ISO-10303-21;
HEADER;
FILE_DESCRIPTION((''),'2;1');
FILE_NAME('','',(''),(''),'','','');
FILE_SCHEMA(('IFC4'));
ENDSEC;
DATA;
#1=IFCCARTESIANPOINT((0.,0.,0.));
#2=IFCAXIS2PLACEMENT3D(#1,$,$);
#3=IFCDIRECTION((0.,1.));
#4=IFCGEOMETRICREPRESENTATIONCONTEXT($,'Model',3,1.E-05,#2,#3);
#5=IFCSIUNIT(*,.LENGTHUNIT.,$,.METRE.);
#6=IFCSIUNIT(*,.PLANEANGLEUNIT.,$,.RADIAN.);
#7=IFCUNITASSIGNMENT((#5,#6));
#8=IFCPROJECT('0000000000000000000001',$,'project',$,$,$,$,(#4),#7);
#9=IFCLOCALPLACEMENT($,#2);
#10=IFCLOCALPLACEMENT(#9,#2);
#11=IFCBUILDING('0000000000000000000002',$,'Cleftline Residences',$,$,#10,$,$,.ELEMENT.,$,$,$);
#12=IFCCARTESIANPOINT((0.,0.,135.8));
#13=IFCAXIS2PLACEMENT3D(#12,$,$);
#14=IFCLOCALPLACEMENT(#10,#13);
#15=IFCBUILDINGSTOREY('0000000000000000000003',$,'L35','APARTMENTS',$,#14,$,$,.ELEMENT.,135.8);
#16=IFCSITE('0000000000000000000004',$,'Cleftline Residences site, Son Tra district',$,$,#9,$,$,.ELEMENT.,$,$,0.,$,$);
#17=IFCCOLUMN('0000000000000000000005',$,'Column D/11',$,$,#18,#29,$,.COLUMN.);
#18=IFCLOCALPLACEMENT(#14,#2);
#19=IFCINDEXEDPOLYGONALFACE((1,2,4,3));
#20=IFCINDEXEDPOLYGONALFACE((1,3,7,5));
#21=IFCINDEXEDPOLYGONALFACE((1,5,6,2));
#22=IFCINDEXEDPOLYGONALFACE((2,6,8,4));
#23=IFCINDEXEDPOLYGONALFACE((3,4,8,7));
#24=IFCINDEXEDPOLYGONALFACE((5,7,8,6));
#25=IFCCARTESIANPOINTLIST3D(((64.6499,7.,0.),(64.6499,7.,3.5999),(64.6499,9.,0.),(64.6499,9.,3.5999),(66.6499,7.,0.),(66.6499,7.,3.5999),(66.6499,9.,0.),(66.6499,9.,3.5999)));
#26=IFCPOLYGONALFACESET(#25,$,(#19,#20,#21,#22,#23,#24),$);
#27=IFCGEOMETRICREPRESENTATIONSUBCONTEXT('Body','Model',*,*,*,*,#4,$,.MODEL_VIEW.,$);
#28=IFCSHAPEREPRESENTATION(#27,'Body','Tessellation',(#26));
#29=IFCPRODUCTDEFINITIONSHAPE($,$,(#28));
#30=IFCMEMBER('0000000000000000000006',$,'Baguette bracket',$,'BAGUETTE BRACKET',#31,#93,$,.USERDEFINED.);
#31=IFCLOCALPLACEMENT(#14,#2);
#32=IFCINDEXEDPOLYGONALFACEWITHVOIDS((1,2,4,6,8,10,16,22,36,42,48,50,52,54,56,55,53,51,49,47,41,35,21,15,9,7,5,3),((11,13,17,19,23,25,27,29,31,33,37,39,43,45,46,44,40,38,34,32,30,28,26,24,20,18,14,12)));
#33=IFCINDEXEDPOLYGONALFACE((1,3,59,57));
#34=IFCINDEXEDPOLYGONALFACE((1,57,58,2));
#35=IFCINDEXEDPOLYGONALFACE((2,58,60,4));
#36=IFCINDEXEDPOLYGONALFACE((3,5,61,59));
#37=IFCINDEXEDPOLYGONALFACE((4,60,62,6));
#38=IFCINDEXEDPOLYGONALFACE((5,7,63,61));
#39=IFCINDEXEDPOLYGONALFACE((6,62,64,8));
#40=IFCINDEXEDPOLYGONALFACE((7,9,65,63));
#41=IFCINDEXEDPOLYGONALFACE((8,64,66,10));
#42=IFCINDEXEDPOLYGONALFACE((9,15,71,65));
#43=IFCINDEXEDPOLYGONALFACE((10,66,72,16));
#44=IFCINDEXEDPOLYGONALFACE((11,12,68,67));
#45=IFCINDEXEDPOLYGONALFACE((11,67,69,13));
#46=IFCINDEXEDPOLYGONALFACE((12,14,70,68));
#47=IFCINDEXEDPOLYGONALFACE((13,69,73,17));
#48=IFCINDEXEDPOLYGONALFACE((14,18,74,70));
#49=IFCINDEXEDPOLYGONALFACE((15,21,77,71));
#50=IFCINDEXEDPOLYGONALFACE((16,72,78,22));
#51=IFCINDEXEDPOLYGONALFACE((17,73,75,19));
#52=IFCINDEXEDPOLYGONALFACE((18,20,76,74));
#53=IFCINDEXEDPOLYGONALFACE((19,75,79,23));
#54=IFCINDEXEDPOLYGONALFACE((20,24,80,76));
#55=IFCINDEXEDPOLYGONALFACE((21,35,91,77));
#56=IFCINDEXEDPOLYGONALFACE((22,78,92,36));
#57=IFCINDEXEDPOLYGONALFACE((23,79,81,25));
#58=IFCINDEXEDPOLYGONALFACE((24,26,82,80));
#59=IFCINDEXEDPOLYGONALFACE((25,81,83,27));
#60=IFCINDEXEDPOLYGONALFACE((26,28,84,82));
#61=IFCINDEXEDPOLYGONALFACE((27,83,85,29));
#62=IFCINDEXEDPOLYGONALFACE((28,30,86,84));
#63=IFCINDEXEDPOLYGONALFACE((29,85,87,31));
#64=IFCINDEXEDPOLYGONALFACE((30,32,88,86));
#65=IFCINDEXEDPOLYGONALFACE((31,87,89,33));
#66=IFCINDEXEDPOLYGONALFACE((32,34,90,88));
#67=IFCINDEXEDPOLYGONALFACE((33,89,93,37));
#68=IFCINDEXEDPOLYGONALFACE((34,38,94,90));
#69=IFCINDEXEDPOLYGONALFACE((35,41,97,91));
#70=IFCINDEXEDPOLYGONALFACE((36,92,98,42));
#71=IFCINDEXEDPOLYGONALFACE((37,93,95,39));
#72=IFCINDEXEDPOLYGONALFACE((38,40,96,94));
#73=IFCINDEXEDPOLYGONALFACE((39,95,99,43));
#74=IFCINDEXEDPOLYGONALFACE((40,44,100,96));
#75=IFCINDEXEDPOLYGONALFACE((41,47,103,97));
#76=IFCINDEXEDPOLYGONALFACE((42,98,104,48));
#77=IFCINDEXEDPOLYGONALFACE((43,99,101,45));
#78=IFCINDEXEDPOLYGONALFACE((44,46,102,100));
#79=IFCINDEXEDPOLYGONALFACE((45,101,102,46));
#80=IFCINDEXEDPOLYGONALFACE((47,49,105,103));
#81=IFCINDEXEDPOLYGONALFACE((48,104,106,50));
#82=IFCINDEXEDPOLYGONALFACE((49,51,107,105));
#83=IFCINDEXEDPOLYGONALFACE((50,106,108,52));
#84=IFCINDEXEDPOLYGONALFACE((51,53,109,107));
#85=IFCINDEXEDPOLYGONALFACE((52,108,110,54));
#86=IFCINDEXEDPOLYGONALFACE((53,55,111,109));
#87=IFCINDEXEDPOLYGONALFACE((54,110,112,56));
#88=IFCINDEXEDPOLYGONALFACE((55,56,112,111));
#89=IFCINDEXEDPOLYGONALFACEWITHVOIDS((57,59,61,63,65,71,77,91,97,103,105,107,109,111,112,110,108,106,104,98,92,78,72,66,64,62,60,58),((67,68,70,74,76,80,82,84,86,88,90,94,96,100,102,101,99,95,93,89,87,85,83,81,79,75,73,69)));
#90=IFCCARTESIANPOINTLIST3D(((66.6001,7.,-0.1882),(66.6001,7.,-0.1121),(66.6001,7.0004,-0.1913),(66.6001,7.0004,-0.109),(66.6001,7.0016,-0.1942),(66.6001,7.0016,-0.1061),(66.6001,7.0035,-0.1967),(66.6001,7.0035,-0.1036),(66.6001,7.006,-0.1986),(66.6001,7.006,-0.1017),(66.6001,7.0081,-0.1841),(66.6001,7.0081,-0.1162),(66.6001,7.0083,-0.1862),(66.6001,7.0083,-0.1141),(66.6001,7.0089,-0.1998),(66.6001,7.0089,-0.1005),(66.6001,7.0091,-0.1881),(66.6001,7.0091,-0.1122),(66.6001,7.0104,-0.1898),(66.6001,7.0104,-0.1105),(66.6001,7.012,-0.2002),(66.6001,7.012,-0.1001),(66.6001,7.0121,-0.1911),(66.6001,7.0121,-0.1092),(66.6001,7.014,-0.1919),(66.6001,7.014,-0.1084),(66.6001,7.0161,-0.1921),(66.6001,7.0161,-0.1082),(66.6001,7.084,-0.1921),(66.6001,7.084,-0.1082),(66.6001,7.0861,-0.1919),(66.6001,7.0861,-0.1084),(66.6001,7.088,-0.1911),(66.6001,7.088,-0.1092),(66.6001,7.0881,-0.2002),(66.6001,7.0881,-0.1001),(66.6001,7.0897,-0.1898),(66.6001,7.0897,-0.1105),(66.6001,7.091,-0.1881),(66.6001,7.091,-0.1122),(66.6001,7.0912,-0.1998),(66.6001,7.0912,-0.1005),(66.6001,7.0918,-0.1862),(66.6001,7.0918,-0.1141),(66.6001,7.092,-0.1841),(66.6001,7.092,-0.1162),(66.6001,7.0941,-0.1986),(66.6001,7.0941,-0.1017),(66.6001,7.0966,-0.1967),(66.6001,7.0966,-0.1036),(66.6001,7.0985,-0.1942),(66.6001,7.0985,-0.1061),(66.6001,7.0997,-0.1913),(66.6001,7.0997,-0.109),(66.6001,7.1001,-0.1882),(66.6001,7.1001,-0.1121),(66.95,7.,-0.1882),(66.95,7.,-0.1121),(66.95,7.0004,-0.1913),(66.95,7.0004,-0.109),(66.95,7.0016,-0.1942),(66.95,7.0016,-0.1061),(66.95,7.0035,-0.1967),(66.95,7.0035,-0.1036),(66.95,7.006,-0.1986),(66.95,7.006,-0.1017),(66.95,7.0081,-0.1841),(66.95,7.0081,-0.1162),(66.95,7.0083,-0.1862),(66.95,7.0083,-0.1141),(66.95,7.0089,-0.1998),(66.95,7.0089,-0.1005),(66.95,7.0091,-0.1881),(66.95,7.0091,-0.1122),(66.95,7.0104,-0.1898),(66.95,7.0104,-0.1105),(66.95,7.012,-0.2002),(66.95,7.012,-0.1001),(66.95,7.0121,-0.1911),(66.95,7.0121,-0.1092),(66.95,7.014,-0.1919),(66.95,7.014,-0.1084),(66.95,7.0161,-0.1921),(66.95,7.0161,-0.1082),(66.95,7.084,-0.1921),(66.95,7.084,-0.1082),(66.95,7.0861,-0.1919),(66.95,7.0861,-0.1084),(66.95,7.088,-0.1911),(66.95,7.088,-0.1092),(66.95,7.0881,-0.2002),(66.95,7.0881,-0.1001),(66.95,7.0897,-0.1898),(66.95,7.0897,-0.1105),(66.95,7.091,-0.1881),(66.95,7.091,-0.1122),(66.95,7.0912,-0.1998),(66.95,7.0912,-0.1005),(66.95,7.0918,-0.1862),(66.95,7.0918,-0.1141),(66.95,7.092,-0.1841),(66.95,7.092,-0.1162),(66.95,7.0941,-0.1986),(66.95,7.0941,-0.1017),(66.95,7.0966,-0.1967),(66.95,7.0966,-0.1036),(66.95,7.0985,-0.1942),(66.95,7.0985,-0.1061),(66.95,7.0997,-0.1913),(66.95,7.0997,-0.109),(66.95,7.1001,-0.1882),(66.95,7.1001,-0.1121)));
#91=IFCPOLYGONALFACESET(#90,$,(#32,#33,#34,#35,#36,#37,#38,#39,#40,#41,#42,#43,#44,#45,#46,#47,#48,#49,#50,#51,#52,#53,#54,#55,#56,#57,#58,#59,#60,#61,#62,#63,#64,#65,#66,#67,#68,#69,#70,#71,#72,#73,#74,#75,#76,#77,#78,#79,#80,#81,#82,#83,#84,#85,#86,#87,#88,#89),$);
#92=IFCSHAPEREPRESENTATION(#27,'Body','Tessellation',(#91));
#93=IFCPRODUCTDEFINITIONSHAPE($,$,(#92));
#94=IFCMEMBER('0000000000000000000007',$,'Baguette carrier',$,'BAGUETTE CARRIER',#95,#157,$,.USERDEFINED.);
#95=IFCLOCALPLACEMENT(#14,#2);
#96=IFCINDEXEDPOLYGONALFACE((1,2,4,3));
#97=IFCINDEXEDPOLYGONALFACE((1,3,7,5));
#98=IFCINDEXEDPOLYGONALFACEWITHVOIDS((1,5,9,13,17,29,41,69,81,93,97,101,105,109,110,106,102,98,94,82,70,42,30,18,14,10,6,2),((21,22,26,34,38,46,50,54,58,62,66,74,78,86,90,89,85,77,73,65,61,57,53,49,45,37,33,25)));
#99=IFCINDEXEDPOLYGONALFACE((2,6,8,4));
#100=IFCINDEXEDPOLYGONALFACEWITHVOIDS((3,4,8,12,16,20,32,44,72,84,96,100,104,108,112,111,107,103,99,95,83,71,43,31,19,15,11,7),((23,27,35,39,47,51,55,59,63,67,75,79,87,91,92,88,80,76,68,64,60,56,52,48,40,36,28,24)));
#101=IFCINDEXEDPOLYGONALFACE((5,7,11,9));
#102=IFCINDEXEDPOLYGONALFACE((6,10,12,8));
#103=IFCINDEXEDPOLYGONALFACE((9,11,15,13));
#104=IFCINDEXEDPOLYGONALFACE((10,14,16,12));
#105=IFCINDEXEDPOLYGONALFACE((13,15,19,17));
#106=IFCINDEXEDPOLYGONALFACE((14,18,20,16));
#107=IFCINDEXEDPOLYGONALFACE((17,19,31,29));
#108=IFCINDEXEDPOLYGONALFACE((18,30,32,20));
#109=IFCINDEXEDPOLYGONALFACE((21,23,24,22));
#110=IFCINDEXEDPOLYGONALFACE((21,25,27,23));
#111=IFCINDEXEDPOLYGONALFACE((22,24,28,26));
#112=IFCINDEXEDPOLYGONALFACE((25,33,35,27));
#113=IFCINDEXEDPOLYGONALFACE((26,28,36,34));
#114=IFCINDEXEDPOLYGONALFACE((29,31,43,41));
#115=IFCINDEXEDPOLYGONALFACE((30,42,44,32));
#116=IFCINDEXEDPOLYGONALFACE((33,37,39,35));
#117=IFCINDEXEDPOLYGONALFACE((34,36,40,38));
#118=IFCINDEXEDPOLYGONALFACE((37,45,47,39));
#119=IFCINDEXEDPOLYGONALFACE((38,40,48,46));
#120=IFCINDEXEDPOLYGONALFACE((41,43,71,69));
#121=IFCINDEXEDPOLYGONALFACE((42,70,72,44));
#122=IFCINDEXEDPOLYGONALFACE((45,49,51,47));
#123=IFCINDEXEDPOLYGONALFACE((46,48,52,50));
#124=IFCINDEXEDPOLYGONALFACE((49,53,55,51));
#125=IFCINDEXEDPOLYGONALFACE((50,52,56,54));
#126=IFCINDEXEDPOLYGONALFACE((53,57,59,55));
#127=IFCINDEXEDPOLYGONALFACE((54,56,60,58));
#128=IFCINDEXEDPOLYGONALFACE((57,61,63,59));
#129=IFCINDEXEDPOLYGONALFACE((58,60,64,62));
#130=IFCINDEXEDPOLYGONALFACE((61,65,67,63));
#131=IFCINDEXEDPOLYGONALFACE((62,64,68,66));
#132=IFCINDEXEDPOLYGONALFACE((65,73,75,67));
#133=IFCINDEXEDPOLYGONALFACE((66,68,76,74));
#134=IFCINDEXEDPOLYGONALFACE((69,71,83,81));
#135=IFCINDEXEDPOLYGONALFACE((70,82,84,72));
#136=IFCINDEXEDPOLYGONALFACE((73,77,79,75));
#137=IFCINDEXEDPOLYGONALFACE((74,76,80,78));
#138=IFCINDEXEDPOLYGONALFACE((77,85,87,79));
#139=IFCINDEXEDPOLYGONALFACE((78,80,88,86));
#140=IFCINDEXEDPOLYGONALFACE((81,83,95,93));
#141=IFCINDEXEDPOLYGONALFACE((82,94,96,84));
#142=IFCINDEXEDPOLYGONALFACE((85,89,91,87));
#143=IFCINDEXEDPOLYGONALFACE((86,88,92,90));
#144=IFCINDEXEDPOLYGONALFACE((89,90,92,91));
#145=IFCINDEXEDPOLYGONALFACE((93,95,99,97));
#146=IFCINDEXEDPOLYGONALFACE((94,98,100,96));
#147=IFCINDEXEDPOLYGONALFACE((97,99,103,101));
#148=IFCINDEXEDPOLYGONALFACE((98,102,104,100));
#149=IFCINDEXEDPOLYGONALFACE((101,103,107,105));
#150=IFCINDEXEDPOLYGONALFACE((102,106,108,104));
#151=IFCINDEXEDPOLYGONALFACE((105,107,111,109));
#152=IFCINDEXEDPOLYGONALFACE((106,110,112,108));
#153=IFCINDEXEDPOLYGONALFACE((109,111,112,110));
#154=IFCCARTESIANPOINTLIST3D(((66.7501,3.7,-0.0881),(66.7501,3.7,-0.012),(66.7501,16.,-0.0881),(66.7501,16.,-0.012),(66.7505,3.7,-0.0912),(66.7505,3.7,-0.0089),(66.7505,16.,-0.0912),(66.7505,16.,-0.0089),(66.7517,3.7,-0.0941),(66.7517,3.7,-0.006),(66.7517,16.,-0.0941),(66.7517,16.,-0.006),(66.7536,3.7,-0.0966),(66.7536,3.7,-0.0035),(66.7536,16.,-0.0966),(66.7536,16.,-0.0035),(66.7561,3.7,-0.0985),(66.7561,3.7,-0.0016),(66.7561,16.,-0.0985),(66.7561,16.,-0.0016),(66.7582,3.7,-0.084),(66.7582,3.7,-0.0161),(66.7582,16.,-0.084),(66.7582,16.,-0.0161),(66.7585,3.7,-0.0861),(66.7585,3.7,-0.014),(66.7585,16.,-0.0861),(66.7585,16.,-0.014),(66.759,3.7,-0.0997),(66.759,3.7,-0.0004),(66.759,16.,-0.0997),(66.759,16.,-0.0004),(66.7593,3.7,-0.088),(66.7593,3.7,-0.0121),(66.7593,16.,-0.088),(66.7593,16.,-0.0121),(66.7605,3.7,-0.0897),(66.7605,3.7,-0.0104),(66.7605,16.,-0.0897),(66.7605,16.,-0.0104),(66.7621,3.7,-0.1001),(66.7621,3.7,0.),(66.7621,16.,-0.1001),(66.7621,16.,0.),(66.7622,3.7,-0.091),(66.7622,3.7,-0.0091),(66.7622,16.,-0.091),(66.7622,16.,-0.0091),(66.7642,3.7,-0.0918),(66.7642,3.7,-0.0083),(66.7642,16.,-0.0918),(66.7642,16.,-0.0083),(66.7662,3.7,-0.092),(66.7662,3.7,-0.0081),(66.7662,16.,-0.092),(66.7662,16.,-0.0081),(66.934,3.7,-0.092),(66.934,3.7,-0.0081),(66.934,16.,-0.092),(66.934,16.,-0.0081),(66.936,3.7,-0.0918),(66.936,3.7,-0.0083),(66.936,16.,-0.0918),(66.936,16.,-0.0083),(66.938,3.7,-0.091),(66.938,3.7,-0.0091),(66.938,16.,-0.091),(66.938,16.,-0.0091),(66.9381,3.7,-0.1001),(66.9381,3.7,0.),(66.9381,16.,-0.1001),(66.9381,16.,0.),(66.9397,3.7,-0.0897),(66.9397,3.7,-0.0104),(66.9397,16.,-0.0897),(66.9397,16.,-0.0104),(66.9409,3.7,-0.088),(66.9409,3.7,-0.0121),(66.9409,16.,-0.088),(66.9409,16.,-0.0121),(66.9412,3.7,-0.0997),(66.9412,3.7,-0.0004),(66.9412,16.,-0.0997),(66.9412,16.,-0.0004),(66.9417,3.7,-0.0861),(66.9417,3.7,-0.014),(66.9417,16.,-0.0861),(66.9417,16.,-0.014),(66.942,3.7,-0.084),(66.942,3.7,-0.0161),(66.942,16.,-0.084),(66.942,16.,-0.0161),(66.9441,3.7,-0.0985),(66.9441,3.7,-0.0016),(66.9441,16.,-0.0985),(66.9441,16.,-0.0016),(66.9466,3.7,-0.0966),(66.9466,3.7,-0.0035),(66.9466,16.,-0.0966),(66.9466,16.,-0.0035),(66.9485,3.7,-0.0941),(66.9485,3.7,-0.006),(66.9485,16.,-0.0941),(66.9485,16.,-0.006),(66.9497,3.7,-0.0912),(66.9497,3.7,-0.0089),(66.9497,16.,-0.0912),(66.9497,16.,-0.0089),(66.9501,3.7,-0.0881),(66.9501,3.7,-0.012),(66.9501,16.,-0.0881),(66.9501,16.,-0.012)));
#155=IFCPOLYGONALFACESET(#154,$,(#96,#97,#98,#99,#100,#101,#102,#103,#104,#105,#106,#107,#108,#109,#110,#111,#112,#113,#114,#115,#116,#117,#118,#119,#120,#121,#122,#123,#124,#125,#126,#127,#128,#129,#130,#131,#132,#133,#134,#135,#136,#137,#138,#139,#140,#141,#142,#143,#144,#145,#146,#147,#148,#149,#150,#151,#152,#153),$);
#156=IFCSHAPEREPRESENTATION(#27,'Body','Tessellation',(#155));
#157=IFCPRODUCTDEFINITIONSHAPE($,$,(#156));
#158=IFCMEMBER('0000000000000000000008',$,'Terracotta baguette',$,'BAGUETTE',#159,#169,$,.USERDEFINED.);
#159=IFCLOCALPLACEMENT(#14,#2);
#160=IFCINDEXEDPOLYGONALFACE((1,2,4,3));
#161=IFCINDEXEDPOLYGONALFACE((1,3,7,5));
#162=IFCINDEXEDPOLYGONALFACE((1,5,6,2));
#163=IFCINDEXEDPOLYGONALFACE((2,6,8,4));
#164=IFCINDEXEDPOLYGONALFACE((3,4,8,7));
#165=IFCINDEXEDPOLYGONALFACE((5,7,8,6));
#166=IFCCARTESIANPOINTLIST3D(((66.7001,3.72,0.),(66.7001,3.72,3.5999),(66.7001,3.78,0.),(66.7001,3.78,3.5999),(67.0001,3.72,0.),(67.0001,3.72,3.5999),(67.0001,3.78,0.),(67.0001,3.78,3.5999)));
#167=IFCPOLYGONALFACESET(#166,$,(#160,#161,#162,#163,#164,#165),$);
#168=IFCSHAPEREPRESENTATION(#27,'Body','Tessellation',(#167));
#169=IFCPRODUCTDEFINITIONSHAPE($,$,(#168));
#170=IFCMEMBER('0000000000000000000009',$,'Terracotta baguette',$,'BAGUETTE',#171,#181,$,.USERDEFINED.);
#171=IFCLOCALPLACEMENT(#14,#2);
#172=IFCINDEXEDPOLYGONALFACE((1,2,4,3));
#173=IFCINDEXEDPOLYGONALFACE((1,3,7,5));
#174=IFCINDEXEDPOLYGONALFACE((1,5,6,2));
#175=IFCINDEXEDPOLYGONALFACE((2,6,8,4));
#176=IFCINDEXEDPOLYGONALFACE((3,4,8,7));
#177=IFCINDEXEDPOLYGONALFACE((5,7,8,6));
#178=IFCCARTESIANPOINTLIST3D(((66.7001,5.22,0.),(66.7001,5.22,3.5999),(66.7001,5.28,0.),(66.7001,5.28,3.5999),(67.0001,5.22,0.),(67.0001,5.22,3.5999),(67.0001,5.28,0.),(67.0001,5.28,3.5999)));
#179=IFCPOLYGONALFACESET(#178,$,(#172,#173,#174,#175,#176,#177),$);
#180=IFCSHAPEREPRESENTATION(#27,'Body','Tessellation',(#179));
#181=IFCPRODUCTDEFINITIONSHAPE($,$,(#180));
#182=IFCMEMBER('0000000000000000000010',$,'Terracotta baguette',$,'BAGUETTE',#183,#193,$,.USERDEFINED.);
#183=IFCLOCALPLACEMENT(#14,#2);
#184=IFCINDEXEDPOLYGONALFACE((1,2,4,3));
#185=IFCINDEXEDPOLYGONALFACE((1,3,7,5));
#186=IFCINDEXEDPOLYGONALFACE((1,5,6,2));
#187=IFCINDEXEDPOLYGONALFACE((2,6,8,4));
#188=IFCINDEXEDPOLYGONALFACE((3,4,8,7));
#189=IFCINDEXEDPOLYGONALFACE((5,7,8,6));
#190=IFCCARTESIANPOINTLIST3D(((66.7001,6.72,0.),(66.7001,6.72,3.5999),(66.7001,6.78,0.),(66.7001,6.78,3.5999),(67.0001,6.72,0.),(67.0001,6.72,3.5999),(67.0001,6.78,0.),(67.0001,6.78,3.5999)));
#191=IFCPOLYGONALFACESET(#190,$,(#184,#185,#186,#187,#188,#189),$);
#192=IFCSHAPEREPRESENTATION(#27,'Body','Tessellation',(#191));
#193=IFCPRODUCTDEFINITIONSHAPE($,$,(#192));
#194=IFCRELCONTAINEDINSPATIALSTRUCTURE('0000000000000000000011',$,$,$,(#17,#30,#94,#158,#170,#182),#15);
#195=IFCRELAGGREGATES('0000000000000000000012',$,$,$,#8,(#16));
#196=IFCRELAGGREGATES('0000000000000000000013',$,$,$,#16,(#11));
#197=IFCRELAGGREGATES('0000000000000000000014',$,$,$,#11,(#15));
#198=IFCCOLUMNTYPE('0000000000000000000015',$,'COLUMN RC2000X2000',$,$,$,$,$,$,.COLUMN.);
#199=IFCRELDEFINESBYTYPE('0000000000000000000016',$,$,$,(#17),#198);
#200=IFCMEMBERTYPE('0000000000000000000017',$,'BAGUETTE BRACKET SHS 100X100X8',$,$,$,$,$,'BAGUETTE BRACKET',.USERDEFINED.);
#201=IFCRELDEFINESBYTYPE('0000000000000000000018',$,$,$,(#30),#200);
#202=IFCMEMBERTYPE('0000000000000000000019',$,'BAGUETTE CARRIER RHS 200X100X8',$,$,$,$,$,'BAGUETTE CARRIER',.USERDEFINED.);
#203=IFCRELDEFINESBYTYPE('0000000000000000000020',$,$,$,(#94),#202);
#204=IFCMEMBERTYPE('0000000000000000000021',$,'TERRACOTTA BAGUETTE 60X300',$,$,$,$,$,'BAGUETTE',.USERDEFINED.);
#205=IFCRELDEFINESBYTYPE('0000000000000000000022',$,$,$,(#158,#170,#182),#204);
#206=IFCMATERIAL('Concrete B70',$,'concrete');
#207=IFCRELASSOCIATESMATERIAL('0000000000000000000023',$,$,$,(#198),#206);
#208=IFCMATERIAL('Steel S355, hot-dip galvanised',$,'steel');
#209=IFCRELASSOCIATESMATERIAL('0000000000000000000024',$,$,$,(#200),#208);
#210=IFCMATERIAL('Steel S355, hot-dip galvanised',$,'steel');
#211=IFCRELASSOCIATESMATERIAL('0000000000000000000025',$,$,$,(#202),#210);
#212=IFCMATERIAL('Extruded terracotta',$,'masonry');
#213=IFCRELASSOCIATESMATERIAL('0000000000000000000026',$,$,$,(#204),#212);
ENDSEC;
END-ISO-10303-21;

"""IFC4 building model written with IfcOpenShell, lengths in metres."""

from ifc_helpers import new_model, si_unit, direction, frame, origin, origin_2d, place, context, subcontext, project, spatial, rectangle, hollow_rectangle, extrude, material, material_profile, profile_set, type_object, element, save


model = new_model("IFC4")

# Units and contexts
model_context = context("Model", 3, precision=1e-05, world=origin(), true_north=direction((0.0, 1.0)))
body_context = subcontext(model_context, "Body", "Model", "MODEL_VIEW")
ifc_project = project(units=[si_unit("LENGTHUNIT", "METRE"), si_unit("PLANEANGLEUNIT", "RADIAN")], contexts=[model_context])

# Site, building, storey
site_placement = place(None, origin())
site = spatial("IfcSite", under=ifc_project, at=site_placement, Name="Cleftline Residences site, Son Tra district", CompositionType="ELEMENT", RefElevation=0.0)
building_placement = place(site_placement, origin())
building = spatial("IfcBuilding", under=site, at=building_placement, Name="Cleftline Residences", CompositionType="ELEMENT")
storey_placement = place(building_placement, frame((0.0, 0.0, 135.8)))
storey = spatial("IfcBuildingStorey", under=building, at=storey_placement, Name="L35", Description="APARTMENTS", CompositionType="ELEMENT", Elevation=135.8)

# Column
ifc_material_1 = material(Name="Concrete B70", Category="concrete")
ifc_material_profile_1 = material_profile(ifc_material_1, rectangle(XDim=2.0, YDim=2.0, at=origin_2d()))
ifc_profile_set_1 = profile_set([ifc_material_profile_1], Name="Concrete B70")
column_type = type_object("IfcColumnType", Name="COLUMN RC2000X2000", PredefinedType="COLUMN", material=ifc_profile_set_1)
column_placement = place(storey_placement, frame((65.6499, 8.0, 0.0), z_axis=(0.0, 0.0, 1.0), x_axis=(1.0, 0.0, 0.0)))
element("IfcColumn", 1, at=column_placement, inside=storey, type_object=column_type, Name="Column D/11", PredefinedType="COLUMN", context=body_context, shape_type="SweptSolid", body=[
    extrude(rectangle(XDim=2.0, YDim=2.0, at=origin_2d()), origin(), (0.0, 0.0, 1.0), 3.5999),
])

# Members
ifc_material_2 = material(Name="Steel S355, hot-dip galvanised", Category="steel")
ifc_material_profile_2 = material_profile(ifc_material_2, hollow_rectangle(XDim=0.1001, YDim=0.1001, WallThickness=0.0081, InnerFilletRadius=0.0081, OuterFilletRadius=0.012, at=origin_2d()))
ifc_profile_set_2 = profile_set([ifc_material_profile_2], Name="Steel S355, hot-dip galvanised")
member_type_1 = type_object("IfcMemberType", Name="BAGUETTE BRACKET SHS 100X100X8", ElementType="BAGUETTE BRACKET", PredefinedType="USERDEFINED", material=ifc_profile_set_2)
member_1_placement = place(storey_placement, frame((66.6001, 7.05, -0.1501), z_axis=(1.0, 0.0, 0.0), x_axis=(0.0, 1.0, 0.0)))
element("IfcMember", 2, at=member_1_placement, inside=storey, type_object=member_type_1, Name="Baguette bracket", ObjectType="BAGUETTE BRACKET", PredefinedType="USERDEFINED", context=body_context, shape_type="SweptSolid", body=[
    extrude(hollow_rectangle(XDim=0.1001, YDim=0.1001, WallThickness=0.0081, InnerFilletRadius=0.0081, OuterFilletRadius=0.012, at=origin_2d()), origin(), (0.0, 0.0, 1.0), 0.3499),
])
ifc_material_3 = material(Name="Steel S355, hot-dip galvanised", Category="steel")
ifc_material_profile_3 = material_profile(ifc_material_3, hollow_rectangle(XDim=0.1001, YDim=0.2, WallThickness=0.0081, InnerFilletRadius=0.0081, OuterFilletRadius=0.012, at=origin_2d()))
ifc_profile_set_3 = profile_set([ifc_material_profile_3], Name="Steel S355, hot-dip galvanised")
member_type_2 = type_object("IfcMemberType", Name="BAGUETTE CARRIER RHS 200X100X8", ElementType="BAGUETTE CARRIER", PredefinedType="USERDEFINED", material=ifc_profile_set_3)
member_2_placement = place(storey_placement, frame((66.8501, 3.7, -0.05), z_axis=(0.0, 1.0, 0.0), x_axis=(0.0, 0.0, 1.0)))
element("IfcMember", 3, at=member_2_placement, inside=storey, type_object=member_type_2, Name="Baguette carrier", ObjectType="BAGUETTE CARRIER", PredefinedType="USERDEFINED", context=body_context, shape_type="SweptSolid", body=[
    extrude(hollow_rectangle(XDim=0.1001, YDim=0.2, WallThickness=0.0081, InnerFilletRadius=0.0081, OuterFilletRadius=0.012, at=origin_2d()), origin(), (0.0, 0.0, 1.0), 12.3),
])
ifc_material_4 = material(Name="Extruded terracotta", Category="masonry")
ifc_material_profile_4 = material_profile(ifc_material_4, rectangle(XDim=0.0601, YDim=0.3, at=origin_2d()))
ifc_profile_set_4 = profile_set([ifc_material_profile_4], Name="Extruded terracotta")
member_type_3 = type_object("IfcMemberType", Name="TERRACOTTA BAGUETTE 60X300", ElementType="BAGUETTE", PredefinedType="USERDEFINED", material=ifc_profile_set_4)
for number, where, z_axis, x_axis, name in (
    (4, (66.8501, 3.75, 0.0), (0.0, 0.0, 1.0), (0.0, 1.0, 0.0), "Terracotta baguette"),
    (5, (66.8501, 5.25, 0.0), (0.0, 0.0, 1.0), (0.0, 1.0, 0.0), "Terracotta baguette"),
    (6, (66.8501, 6.75, 0.0), (0.0, 0.0, 1.0), (0.0, 1.0, 0.0), "Terracotta baguette"),
):
    element("IfcMember", number, at=place(storey_placement, frame(where, z_axis=z_axis, x_axis=x_axis)), inside=storey, type_object=member_type_3, Name=name, ObjectType="BAGUETTE", PredefinedType="USERDEFINED", context=body_context, shape_type="SweptSolid", body=[
        extrude(rectangle(XDim=0.0601, YDim=0.3, at=origin_2d()), origin(), (0.0, 0.0, 1.0), 3.5999),
    ])

save(model, "model.ifc")
